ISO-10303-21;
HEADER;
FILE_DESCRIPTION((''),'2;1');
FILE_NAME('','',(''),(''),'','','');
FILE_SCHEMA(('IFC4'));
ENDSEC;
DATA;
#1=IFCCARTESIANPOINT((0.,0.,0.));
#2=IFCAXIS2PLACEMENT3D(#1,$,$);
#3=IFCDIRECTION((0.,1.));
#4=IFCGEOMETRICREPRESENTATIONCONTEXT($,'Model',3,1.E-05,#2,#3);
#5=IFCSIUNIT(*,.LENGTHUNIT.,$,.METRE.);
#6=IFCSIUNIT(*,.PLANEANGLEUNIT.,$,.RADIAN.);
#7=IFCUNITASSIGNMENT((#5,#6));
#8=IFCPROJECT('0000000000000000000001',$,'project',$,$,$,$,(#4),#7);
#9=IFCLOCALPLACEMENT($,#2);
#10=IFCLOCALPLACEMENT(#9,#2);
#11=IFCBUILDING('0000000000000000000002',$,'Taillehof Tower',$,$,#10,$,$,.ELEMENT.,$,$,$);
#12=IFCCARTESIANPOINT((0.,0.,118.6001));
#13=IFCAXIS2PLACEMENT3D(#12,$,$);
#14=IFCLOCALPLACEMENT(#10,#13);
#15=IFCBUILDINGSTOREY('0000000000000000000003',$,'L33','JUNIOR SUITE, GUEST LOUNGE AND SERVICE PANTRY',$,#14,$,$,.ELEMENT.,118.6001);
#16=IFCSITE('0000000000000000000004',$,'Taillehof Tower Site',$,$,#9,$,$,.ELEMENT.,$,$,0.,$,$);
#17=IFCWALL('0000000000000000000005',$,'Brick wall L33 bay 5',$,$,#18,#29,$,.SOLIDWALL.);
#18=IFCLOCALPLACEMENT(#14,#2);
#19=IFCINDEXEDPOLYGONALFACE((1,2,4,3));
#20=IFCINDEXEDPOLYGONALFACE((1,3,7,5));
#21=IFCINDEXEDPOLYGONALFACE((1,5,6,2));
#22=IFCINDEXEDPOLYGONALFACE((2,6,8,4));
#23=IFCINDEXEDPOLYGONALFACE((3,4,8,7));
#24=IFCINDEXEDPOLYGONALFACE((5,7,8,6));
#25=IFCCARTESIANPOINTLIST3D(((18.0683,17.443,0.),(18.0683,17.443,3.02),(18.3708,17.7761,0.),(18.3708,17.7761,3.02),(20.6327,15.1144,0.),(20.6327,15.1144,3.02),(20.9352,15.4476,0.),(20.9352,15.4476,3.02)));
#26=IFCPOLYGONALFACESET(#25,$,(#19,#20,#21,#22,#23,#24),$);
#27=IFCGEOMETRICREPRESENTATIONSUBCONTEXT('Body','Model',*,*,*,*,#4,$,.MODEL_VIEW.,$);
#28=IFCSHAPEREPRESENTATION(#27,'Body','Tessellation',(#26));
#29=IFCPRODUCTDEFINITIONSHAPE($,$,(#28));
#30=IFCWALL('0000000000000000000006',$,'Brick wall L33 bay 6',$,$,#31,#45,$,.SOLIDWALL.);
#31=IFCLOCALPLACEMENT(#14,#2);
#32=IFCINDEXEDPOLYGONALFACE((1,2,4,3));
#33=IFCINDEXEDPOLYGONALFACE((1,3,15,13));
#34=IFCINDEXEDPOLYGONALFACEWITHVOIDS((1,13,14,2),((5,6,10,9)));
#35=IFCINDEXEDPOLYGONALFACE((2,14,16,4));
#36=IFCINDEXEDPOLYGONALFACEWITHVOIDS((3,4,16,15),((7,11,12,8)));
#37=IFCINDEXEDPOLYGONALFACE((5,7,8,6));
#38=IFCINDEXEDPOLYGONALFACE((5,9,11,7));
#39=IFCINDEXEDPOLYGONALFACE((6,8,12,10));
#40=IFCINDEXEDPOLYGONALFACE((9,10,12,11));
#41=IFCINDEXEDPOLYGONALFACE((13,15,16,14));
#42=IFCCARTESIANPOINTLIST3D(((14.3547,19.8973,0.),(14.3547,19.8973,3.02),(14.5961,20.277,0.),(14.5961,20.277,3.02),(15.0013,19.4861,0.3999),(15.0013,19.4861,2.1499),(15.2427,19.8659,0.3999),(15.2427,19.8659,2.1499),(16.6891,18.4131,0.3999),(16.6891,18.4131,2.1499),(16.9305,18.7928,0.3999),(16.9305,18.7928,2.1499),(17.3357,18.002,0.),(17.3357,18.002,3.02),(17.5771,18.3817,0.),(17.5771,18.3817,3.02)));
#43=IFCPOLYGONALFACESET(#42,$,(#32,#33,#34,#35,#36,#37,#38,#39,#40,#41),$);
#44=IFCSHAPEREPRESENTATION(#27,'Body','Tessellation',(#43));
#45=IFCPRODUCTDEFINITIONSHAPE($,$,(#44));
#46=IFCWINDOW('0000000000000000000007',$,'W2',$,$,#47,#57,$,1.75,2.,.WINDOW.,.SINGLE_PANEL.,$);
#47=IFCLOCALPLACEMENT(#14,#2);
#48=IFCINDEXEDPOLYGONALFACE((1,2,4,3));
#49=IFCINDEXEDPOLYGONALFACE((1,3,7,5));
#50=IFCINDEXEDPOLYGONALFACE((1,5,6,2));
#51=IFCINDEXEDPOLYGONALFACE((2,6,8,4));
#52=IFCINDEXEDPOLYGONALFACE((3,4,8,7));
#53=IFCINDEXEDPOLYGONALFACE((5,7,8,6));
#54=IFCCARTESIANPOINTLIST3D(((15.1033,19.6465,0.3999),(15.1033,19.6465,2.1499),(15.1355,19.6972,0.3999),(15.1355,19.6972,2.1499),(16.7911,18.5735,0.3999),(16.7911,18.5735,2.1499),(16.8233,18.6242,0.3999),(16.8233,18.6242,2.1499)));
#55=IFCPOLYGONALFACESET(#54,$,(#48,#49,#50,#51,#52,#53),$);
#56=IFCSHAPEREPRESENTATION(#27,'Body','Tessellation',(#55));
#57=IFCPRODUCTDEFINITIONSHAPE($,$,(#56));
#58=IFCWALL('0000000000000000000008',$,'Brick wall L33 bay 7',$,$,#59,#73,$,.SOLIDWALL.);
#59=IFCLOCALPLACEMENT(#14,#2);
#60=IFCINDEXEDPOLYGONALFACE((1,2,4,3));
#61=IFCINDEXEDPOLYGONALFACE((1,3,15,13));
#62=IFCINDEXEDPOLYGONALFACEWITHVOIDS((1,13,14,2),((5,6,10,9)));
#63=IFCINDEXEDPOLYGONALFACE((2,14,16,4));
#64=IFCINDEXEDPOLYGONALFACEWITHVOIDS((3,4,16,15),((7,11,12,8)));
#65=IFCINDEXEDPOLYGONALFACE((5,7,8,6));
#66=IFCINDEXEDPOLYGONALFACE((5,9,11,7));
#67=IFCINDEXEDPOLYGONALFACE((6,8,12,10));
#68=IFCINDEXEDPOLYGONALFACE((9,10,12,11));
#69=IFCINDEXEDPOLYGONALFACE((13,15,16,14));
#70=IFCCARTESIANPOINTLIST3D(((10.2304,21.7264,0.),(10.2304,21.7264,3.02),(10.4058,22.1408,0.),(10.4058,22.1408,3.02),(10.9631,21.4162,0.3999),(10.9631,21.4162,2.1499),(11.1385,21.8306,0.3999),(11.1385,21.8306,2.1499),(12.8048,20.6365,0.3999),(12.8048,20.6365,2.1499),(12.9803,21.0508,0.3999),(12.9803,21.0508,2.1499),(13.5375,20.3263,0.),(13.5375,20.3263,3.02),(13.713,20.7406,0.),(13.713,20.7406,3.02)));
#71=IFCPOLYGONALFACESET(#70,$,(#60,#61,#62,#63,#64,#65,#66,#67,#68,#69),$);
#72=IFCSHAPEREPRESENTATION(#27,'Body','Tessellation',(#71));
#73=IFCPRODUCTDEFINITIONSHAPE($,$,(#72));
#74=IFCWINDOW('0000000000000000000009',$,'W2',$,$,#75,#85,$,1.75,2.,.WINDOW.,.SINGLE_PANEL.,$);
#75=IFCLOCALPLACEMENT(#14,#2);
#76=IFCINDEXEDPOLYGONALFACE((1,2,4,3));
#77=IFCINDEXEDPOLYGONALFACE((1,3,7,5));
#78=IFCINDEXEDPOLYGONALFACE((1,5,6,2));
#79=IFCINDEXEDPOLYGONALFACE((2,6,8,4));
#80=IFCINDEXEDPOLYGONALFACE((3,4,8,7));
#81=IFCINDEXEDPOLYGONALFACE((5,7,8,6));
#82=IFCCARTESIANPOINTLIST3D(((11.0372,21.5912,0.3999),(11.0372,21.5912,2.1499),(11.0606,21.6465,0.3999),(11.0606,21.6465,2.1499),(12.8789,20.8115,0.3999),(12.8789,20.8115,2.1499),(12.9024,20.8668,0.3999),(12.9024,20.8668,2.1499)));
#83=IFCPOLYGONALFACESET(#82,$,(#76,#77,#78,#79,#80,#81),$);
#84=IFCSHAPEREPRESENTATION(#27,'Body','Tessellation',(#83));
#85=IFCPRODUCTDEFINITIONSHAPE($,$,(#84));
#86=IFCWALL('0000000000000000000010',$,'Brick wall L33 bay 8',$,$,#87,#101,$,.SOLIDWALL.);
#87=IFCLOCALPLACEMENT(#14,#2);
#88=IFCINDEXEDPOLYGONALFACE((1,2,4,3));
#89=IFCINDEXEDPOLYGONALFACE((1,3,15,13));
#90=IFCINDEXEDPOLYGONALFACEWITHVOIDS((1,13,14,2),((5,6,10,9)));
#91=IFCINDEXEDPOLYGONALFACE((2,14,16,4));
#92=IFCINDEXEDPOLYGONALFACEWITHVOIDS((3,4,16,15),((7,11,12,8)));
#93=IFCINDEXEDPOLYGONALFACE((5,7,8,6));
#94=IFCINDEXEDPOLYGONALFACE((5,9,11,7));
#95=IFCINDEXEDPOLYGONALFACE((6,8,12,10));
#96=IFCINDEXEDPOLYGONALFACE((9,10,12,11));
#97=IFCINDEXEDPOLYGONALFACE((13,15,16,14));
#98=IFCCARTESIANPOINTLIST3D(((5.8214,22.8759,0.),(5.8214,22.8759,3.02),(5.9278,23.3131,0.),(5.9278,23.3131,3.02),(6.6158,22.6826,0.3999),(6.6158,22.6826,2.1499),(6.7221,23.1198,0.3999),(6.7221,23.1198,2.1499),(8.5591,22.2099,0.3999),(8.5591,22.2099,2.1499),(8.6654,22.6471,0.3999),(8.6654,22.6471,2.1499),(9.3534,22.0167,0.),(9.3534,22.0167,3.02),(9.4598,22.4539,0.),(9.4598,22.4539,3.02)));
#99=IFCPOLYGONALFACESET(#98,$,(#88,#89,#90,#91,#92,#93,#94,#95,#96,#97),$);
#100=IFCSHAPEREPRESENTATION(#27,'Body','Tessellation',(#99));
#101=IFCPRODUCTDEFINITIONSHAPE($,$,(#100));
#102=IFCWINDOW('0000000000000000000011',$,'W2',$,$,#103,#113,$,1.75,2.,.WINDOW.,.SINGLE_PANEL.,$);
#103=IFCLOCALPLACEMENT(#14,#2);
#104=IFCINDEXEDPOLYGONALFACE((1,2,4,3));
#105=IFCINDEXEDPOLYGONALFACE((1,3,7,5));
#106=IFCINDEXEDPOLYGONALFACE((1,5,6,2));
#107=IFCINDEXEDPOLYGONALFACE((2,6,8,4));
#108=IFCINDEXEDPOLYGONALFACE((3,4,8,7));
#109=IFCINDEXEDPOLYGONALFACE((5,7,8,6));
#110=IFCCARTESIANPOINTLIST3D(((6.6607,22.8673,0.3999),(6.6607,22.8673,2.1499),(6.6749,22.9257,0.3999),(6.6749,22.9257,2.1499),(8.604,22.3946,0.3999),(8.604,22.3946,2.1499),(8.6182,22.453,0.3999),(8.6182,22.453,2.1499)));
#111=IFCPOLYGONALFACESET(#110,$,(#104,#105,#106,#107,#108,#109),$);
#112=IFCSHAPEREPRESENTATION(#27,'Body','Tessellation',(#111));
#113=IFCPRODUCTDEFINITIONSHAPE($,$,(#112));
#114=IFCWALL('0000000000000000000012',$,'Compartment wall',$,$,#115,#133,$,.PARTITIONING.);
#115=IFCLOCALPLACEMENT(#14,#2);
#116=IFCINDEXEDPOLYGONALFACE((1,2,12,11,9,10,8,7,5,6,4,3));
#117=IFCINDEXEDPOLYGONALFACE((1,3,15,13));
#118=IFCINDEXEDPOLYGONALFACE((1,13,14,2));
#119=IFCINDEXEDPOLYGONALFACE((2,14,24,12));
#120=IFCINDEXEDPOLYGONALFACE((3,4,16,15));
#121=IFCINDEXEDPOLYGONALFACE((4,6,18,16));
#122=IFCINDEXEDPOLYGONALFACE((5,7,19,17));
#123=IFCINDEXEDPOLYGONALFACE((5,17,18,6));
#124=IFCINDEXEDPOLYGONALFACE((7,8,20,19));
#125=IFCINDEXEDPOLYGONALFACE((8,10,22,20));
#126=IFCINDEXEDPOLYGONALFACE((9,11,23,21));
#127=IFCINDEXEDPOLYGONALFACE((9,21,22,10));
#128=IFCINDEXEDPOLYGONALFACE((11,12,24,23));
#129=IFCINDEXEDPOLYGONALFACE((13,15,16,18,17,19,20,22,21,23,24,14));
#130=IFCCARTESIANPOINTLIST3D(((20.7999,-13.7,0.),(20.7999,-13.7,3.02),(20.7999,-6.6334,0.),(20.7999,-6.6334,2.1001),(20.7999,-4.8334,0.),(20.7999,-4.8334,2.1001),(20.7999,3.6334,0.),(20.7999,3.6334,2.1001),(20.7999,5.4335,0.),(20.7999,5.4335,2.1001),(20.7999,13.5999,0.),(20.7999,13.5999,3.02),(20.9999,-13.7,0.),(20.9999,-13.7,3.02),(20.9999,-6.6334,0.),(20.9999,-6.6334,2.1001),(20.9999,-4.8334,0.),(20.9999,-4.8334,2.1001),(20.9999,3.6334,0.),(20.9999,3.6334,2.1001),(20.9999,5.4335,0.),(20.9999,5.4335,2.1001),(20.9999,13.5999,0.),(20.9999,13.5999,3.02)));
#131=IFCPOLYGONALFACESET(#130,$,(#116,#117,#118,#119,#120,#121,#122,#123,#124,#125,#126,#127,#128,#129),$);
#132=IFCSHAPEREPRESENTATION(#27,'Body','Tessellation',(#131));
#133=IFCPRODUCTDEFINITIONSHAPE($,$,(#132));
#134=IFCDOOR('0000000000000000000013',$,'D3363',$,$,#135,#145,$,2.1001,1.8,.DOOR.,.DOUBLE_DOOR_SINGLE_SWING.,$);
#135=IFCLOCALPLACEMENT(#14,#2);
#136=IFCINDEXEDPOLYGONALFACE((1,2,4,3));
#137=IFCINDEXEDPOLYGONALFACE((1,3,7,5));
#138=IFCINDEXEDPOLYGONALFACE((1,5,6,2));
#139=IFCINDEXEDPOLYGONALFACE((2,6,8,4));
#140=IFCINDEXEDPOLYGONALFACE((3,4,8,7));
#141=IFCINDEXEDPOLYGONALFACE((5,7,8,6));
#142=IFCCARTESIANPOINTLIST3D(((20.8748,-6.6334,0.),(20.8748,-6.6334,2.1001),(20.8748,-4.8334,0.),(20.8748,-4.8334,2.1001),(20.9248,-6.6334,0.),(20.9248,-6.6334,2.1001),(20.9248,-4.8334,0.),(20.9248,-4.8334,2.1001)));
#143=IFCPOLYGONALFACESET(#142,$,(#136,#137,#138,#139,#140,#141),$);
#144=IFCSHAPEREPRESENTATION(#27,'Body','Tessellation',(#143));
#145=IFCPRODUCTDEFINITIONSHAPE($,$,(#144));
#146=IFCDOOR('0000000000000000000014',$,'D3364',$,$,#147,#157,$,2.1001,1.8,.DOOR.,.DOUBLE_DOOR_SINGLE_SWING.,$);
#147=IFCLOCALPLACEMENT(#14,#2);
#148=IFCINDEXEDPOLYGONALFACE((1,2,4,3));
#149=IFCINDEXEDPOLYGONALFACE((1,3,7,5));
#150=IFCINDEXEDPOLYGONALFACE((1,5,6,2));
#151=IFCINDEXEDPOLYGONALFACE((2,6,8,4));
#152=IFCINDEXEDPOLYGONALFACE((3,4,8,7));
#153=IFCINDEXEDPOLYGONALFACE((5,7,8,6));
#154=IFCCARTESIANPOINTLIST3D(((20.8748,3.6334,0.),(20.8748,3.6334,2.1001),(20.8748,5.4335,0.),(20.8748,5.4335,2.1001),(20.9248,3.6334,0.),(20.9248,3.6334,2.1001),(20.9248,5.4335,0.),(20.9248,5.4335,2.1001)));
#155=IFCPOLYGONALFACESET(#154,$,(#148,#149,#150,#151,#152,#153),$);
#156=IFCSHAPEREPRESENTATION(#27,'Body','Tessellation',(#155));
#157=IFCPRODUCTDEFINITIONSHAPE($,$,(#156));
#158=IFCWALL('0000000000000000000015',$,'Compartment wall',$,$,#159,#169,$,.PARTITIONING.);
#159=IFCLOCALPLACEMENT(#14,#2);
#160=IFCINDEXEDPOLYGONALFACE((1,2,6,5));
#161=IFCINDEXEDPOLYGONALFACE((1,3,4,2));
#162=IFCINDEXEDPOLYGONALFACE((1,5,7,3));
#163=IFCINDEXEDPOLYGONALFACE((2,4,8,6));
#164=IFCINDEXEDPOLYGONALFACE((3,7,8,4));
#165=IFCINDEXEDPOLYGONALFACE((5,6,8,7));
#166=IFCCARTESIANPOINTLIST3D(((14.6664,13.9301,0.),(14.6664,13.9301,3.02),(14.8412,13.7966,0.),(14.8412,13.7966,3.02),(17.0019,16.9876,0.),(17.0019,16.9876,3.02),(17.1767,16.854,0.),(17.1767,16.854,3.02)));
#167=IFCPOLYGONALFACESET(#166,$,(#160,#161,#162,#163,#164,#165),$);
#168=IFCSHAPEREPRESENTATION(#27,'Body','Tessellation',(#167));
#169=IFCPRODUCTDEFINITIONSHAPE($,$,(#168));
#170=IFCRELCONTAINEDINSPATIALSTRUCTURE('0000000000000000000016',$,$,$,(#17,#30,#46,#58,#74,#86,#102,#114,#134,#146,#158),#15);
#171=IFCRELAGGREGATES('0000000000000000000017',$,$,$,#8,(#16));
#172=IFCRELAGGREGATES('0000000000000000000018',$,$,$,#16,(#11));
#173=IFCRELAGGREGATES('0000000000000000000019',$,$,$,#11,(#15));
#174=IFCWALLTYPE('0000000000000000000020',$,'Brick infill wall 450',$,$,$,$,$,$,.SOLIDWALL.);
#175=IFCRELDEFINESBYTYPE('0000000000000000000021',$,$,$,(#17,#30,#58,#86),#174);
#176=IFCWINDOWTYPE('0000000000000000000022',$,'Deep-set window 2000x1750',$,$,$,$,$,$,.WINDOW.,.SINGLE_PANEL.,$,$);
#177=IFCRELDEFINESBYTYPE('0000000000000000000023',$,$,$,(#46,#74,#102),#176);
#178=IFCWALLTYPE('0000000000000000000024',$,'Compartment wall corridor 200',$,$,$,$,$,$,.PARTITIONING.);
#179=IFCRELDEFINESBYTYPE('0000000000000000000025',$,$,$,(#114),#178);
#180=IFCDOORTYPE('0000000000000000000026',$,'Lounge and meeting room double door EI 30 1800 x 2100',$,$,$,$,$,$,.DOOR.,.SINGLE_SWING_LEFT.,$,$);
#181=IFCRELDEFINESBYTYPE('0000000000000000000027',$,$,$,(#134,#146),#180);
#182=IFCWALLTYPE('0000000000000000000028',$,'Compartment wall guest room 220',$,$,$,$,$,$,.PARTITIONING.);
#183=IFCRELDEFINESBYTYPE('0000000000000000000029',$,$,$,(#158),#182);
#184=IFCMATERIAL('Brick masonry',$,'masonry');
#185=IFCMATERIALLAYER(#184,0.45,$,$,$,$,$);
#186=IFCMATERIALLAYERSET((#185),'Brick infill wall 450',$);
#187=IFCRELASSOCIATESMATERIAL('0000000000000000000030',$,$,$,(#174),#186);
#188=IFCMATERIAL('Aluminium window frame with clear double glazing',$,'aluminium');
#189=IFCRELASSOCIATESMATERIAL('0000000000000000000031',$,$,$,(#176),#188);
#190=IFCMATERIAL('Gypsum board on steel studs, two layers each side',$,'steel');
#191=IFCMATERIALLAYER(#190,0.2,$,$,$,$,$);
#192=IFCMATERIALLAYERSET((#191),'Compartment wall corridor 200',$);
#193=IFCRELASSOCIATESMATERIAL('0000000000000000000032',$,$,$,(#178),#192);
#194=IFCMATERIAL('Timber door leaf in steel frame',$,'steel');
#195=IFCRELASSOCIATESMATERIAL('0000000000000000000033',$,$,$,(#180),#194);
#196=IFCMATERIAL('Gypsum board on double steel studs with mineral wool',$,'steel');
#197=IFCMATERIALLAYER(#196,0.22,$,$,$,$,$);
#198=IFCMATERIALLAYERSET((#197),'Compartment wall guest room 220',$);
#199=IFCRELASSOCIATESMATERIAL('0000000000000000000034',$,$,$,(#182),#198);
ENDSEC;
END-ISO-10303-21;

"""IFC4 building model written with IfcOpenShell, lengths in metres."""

from ifc_helpers import new_model, si_unit, direction, frame, frame_2d, origin, place, context, subcontext, project, spatial, rectangle, extrude, material, layer, layer_set, type_object, element, fill, save


model = new_model("IFC4")

# Units and contexts
model_context = context("Model", 3, precision=1e-05, world=origin(), true_north=direction((0.0, 1.0)))
body_context = subcontext(model_context, "Body", "Model", "MODEL_VIEW")
ifc_project = project(units=[si_unit("LENGTHUNIT", "METRE"), si_unit("PLANEANGLEUNIT", "RADIAN")], contexts=[model_context])

# Site, building, storey
site_placement = place(None, origin())
site = spatial("IfcSite", under=ifc_project, at=site_placement, Name="Taillehof Tower Site", CompositionType="ELEMENT", RefElevation=0.0)
building_placement = place(site_placement, origin())
building = spatial("IfcBuilding", under=site, at=building_placement, Name="Taillehof Tower", CompositionType="ELEMENT")
storey_placement = place(building_placement, frame((0.0, 0.0, 118.6001)))
storey = spatial("IfcBuildingStorey", under=building, at=storey_placement, Name="L33", Description="JUNIOR SUITE, GUEST LOUNGE AND SERVICE PANTRY", CompositionType="ELEMENT", Elevation=118.6001)

# Shared definitions
ifc_material_1 = material(Name="Brick masonry", Category="masonry")
ifc_layer_1 = layer(ifc_material_1, 0.45)
ifc_layer_set_1 = layer_set([ifc_layer_1], Name="Brick infill wall 450")
wall_type_1 = type_object("IfcWallType", Name="Brick infill wall 450", PredefinedType="SOLIDWALL", material=ifc_layer_set_1)

# Wall
wall_1_placement = place(storey_placement, frame((20.7839, 15.281, 0.0), z_axis=(0.0, 0.0, 1.0), x_axis=(-0.740329, 0.672245, 0.0)))
element("IfcWall", 1, at=wall_1_placement, inside=storey, type_object=wall_type_1, Name="Brick wall L33 bay 5", PredefinedType="SOLIDWALL", context=body_context, shape_type="SweptSolid", body=[
    extrude(rectangle(XDim=3.4639, YDim=0.45, at=frame_2d((1.7319, 0.0))), origin(), (0.0, 0.0, 1.0), 3.02),
])

# Walls, openings, windows
wall_2_placement = place(storey_placement, frame((17.4563, 18.1919, 0.0), z_axis=(0.0, 0.0, 1.0), x_axis=(-0.843881, 0.536531, 0.0)))
wall_2 = element("IfcWall", 2, at=wall_2_placement, inside=storey, type_object=wall_type_1, Name="Brick wall L33 bay 6", PredefinedType="SOLIDWALL", context=body_context, shape_type="SweptSolid", body=[
    extrude(rectangle(XDim=3.5325, YDim=0.45, at=frame_2d((1.7661, 0.0))), origin(), (0.0, 0.0, 1.0), 3.02),
])
opening_1_placement = place(wall_2_placement, frame((0.7661, 0.0, 0.3999)))
opening_1 = element("IfcOpeningElement", 3, at=opening_1_placement, cuts=wall_2, PredefinedType="OPENING", context=body_context, shape_type="SweptSolid", body=[
    extrude(rectangle(XDim=2.0, YDim=1.75, at=frame_2d((1.0, 0.875))), frame((0.0, 0.2349, 0.0), z_axis=(0.0, -1.0, 0.0), x_axis=(1.0, 0.0, 0.0)), (0.0, 0.0, 1.0), 0.47),
])
ifc_material_2 = material(Name="Aluminium window frame with clear double glazing", Category="aluminium")
window_type_1 = type_object("IfcWindowType", Name="Deep-set window 2000x1750", PartitioningType="SINGLE_PANEL", PredefinedType="WINDOW", material=ifc_material_2)
window_1_placement = place(opening_1_placement, origin())
window_1 = element("IfcWindow", 4, at=window_1_placement, inside=storey, type_object=window_type_1, Name="W2", OverallHeight=1.75, OverallWidth=2.0, PartitioningType="SINGLE_PANEL", PredefinedType="WINDOW", context=body_context, shape_type="SweptSolid", body=[
    extrude(rectangle(XDim=2.0, YDim=1.75, at=frame_2d((1.0, 0.875))), frame((0.0, 0.0349, 0.0), z_axis=(0.0, -1.0, 0.0), x_axis=(1.0, 0.0, 0.0)), (0.0, 0.0, 1.0), 0.0601),
])
fill(opening_1, window_1)
wall_3_placement = place(storey_placement, frame((13.6252, 20.5334, 0.0), z_axis=(0.0, 0.0, 1.0), x_axis=(-0.92087, 0.389871, 0.0)))
wall_3 = element("IfcWall", 5, at=wall_3_placement, inside=storey, type_object=wall_type_1, Name="Brick wall L33 bay 7", PredefinedType="SOLIDWALL", context=body_context, shape_type="SweptSolid", body=[
    extrude(rectangle(XDim=3.5913, YDim=0.45, at=frame_2d((1.7957, 0.0))), origin(), (0.0, 0.0, 1.0), 3.02),
])
opening_2_placement = place(wall_3_placement, frame((0.7957, 0.0, 0.3999)))
opening_2 = element("IfcOpeningElement", 6, at=opening_2_placement, cuts=wall_3, PredefinedType="OPENING", context=body_context, shape_type="SweptSolid", body=[
    extrude(rectangle(XDim=2.0, YDim=1.75, at=frame_2d((1.0, 0.875))), frame((0.0, 0.2349, 0.0), z_axis=(0.0, -1.0, 0.0), x_axis=(1.0, 0.0, 0.0)), (0.0, 0.0, 1.0), 0.47),
])
window_2_placement = place(opening_2_placement, origin())
window_2 = element("IfcWindow", 7, at=window_2_placement, inside=storey, type_object=window_type_1, Name="W2", OverallHeight=1.75, OverallWidth=2.0, PartitioningType="SINGLE_PANEL", PredefinedType="WINDOW", context=body_context, shape_type="SweptSolid", body=[
    extrude(rectangle(XDim=2.0, YDim=1.75, at=frame_2d((1.0, 0.875))), frame((0.0, 0.0349, 0.0), z_axis=(0.0, -1.0, 0.0), x_axis=(1.0, 0.0, 0.0)), (0.0, 0.0, 1.0), 0.0601),
])
fill(opening_2, window_2)
wall_4_placement = place(storey_placement, frame((9.4065, 22.2354, 0.0), z_axis=(0.0, 0.0, 1.0), x_axis=(-0.971668, 0.236352, 0.0)))
wall_4 = element("IfcWall", 8, at=wall_4_placement, inside=storey, type_object=wall_type_1, Name="Brick wall L33 bay 8", PredefinedType="SOLIDWALL", context=body_context, shape_type="SweptSolid", body=[
    extrude(rectangle(XDim=3.635, YDim=0.45, at=frame_2d((1.8174, 0.0))), origin(), (0.0, 0.0, 1.0), 3.02),
])
opening_3_placement = place(wall_4_placement, frame((0.8174, 0.0, 0.3999)))
opening_3 = element("IfcOpeningElement", 9, at=opening_3_placement, cuts=wall_4, PredefinedType="OPENING", context=body_context, shape_type="SweptSolid", body=[
    extrude(rectangle(XDim=2.0, YDim=1.75, at=frame_2d((1.0, 0.875))), frame((0.0, 0.2349, 0.0), z_axis=(0.0, -1.0, 0.0), x_axis=(1.0, 0.0, 0.0)), (0.0, 0.0, 1.0), 0.47),
])
window_3_placement = place(opening_3_placement, origin())
window_3 = element("IfcWindow", 10, at=window_3_placement, inside=storey, type_object=window_type_1, Name="W2", OverallHeight=1.75, OverallWidth=2.0, PartitioningType="SINGLE_PANEL", PredefinedType="WINDOW", context=body_context, shape_type="SweptSolid", body=[
    extrude(rectangle(XDim=2.0, YDim=1.75, at=frame_2d((1.0, 0.875))), frame((0.0, 0.0349, 0.0), z_axis=(0.0, -1.0, 0.0), x_axis=(1.0, 0.0, 0.0)), (0.0, 0.0, 1.0), 0.0601),
])
fill(opening_3, window_3)

# Wall, openings, doors
ifc_material_3 = material(Name="Gypsum board on steel studs, two layers each side", Category="steel")
ifc_layer_2 = layer(ifc_material_3, 0.2)
ifc_layer_set_2 = layer_set([ifc_layer_2], Name="Compartment wall corridor 200")
wall_type_2 = type_object("IfcWallType", Name="Compartment wall corridor 200", PredefinedType="PARTITIONING", material=ifc_layer_set_2)
wall_5_placement = place(storey_placement, frame((20.8999, 13.5999, 0.0), z_axis=(0.0, 0.0, 1.0), x_axis=(0.0, -1.0, 0.0)))
wall_5 = element("IfcWall", 11, at=wall_5_placement, inside=storey, type_object=wall_type_2, Name="Compartment wall", PredefinedType="PARTITIONING", context=body_context, shape_type="SweptSolid", body=[
    extrude(rectangle(XDim=27.2998, YDim=0.2, at=frame_2d((13.6499, 0.0))), origin(), (0.0, 0.0, 1.0), 3.02),
])
opening_4_placement = place(wall_5_placement, frame((18.4333, 0.0, 0.0)))
opening_4 = element("IfcOpeningElement", 12, at=opening_4_placement, cuts=wall_5, PredefinedType="OPENING", context=body_context, shape_type="SweptSolid", body=[
    extrude(rectangle(XDim=1.8, YDim=2.1001, at=frame_2d((0.8999, 1.05))), frame((0.0, 0.1099, 0.0), z_axis=(0.0, -1.0, 0.0), x_axis=(1.0, 0.0, 0.0)), (0.0, 0.0, 1.0), 0.22),
])
opening_5_placement = place(wall_5_placement, frame((8.1665, 0.0, 0.0)))
opening_5 = element("IfcOpeningElement", 13, at=opening_5_placement, cuts=wall_5, PredefinedType="OPENING", context=body_context, shape_type="SweptSolid", body=[
    extrude(rectangle(XDim=1.8, YDim=2.1001, at=frame_2d((0.8999, 1.05))), frame((0.0, 0.1099, 0.0), z_axis=(0.0, -1.0, 0.0), x_axis=(1.0, 0.0, 0.0)), (0.0, 0.0, 1.0), 0.22),
])
ifc_material_4 = material(Name="Timber door leaf in steel frame", Category="steel")
door_type_1 = type_object("IfcDoorType", Name="Lounge and meeting room double door EI 30 1800 x 2100", OperationType="SINGLE_SWING_LEFT", PredefinedType="DOOR", material=ifc_material_4)
door_1_placement = place(opening_4_placement, origin())
door_1 = element("IfcDoor", 14, at=door_1_placement, inside=storey, type_object=door_type_1, Name="D3363", OperationType="DOUBLE_DOOR_SINGLE_SWING", OverallHeight=2.1001, OverallWidth=1.8, PredefinedType="DOOR", context=body_context, shape_type="SweptSolid", body=[
    extrude(rectangle(XDim=1.8, YDim=2.1001, at=frame_2d((0.8999, 1.05))), frame((0.0, 0.0249, 0.0), z_axis=(0.0, -1.0, 0.0), x_axis=(1.0, 0.0, 0.0)), (0.0, 0.0, 1.0), 0.05),
])
fill(opening_4, door_1)
door_2_placement = place(opening_5_placement, origin())
door_2 = element("IfcDoor", 15, at=door_2_placement, inside=storey, type_object=door_type_1, Name="D3364", OperationType="DOUBLE_DOOR_SINGLE_SWING", OverallHeight=2.1001, OverallWidth=1.8, PredefinedType="DOOR", context=body_context, shape_type="SweptSolid", body=[
    extrude(rectangle(XDim=1.8, YDim=2.1001, at=frame_2d((0.8999, 1.05))), frame((0.0, 0.0249, 0.0), z_axis=(0.0, -1.0, 0.0), x_axis=(1.0, 0.0, 0.0)), (0.0, 0.0, 1.0), 0.05),
])
fill(opening_5, door_2)

# Wall
ifc_material_5 = material(Name="Gypsum board on double steel studs with mineral wool", Category="steel")
ifc_layer_3 = layer(ifc_material_5, 0.22)
ifc_layer_set_3 = layer_set([ifc_layer_3], Name="Compartment wall guest room 220")
wall_type_3 = type_object("IfcWallType", Name="Compartment wall guest room 220", PredefinedType="PARTITIONING", material=ifc_layer_set_3)
wall_6_placement = place(storey_placement, frame((17.0894, 16.9209, 0.0), z_axis=(0.0, 0.0, 1.0), x_axis=(-0.607033, -0.794677, 0.0)))
element("IfcWall", 16, at=wall_6_placement, inside=storey, type_object=wall_type_3, Name="Compartment wall", PredefinedType="PARTITIONING", context=body_context, shape_type="SweptSolid", body=[
    extrude(rectangle(XDim=3.8474, YDim=0.22, at=frame_2d((1.9238, 0.0))), origin(), (0.0, 0.0, 1.0), 3.02),
])

save(model, "model.ifc")
